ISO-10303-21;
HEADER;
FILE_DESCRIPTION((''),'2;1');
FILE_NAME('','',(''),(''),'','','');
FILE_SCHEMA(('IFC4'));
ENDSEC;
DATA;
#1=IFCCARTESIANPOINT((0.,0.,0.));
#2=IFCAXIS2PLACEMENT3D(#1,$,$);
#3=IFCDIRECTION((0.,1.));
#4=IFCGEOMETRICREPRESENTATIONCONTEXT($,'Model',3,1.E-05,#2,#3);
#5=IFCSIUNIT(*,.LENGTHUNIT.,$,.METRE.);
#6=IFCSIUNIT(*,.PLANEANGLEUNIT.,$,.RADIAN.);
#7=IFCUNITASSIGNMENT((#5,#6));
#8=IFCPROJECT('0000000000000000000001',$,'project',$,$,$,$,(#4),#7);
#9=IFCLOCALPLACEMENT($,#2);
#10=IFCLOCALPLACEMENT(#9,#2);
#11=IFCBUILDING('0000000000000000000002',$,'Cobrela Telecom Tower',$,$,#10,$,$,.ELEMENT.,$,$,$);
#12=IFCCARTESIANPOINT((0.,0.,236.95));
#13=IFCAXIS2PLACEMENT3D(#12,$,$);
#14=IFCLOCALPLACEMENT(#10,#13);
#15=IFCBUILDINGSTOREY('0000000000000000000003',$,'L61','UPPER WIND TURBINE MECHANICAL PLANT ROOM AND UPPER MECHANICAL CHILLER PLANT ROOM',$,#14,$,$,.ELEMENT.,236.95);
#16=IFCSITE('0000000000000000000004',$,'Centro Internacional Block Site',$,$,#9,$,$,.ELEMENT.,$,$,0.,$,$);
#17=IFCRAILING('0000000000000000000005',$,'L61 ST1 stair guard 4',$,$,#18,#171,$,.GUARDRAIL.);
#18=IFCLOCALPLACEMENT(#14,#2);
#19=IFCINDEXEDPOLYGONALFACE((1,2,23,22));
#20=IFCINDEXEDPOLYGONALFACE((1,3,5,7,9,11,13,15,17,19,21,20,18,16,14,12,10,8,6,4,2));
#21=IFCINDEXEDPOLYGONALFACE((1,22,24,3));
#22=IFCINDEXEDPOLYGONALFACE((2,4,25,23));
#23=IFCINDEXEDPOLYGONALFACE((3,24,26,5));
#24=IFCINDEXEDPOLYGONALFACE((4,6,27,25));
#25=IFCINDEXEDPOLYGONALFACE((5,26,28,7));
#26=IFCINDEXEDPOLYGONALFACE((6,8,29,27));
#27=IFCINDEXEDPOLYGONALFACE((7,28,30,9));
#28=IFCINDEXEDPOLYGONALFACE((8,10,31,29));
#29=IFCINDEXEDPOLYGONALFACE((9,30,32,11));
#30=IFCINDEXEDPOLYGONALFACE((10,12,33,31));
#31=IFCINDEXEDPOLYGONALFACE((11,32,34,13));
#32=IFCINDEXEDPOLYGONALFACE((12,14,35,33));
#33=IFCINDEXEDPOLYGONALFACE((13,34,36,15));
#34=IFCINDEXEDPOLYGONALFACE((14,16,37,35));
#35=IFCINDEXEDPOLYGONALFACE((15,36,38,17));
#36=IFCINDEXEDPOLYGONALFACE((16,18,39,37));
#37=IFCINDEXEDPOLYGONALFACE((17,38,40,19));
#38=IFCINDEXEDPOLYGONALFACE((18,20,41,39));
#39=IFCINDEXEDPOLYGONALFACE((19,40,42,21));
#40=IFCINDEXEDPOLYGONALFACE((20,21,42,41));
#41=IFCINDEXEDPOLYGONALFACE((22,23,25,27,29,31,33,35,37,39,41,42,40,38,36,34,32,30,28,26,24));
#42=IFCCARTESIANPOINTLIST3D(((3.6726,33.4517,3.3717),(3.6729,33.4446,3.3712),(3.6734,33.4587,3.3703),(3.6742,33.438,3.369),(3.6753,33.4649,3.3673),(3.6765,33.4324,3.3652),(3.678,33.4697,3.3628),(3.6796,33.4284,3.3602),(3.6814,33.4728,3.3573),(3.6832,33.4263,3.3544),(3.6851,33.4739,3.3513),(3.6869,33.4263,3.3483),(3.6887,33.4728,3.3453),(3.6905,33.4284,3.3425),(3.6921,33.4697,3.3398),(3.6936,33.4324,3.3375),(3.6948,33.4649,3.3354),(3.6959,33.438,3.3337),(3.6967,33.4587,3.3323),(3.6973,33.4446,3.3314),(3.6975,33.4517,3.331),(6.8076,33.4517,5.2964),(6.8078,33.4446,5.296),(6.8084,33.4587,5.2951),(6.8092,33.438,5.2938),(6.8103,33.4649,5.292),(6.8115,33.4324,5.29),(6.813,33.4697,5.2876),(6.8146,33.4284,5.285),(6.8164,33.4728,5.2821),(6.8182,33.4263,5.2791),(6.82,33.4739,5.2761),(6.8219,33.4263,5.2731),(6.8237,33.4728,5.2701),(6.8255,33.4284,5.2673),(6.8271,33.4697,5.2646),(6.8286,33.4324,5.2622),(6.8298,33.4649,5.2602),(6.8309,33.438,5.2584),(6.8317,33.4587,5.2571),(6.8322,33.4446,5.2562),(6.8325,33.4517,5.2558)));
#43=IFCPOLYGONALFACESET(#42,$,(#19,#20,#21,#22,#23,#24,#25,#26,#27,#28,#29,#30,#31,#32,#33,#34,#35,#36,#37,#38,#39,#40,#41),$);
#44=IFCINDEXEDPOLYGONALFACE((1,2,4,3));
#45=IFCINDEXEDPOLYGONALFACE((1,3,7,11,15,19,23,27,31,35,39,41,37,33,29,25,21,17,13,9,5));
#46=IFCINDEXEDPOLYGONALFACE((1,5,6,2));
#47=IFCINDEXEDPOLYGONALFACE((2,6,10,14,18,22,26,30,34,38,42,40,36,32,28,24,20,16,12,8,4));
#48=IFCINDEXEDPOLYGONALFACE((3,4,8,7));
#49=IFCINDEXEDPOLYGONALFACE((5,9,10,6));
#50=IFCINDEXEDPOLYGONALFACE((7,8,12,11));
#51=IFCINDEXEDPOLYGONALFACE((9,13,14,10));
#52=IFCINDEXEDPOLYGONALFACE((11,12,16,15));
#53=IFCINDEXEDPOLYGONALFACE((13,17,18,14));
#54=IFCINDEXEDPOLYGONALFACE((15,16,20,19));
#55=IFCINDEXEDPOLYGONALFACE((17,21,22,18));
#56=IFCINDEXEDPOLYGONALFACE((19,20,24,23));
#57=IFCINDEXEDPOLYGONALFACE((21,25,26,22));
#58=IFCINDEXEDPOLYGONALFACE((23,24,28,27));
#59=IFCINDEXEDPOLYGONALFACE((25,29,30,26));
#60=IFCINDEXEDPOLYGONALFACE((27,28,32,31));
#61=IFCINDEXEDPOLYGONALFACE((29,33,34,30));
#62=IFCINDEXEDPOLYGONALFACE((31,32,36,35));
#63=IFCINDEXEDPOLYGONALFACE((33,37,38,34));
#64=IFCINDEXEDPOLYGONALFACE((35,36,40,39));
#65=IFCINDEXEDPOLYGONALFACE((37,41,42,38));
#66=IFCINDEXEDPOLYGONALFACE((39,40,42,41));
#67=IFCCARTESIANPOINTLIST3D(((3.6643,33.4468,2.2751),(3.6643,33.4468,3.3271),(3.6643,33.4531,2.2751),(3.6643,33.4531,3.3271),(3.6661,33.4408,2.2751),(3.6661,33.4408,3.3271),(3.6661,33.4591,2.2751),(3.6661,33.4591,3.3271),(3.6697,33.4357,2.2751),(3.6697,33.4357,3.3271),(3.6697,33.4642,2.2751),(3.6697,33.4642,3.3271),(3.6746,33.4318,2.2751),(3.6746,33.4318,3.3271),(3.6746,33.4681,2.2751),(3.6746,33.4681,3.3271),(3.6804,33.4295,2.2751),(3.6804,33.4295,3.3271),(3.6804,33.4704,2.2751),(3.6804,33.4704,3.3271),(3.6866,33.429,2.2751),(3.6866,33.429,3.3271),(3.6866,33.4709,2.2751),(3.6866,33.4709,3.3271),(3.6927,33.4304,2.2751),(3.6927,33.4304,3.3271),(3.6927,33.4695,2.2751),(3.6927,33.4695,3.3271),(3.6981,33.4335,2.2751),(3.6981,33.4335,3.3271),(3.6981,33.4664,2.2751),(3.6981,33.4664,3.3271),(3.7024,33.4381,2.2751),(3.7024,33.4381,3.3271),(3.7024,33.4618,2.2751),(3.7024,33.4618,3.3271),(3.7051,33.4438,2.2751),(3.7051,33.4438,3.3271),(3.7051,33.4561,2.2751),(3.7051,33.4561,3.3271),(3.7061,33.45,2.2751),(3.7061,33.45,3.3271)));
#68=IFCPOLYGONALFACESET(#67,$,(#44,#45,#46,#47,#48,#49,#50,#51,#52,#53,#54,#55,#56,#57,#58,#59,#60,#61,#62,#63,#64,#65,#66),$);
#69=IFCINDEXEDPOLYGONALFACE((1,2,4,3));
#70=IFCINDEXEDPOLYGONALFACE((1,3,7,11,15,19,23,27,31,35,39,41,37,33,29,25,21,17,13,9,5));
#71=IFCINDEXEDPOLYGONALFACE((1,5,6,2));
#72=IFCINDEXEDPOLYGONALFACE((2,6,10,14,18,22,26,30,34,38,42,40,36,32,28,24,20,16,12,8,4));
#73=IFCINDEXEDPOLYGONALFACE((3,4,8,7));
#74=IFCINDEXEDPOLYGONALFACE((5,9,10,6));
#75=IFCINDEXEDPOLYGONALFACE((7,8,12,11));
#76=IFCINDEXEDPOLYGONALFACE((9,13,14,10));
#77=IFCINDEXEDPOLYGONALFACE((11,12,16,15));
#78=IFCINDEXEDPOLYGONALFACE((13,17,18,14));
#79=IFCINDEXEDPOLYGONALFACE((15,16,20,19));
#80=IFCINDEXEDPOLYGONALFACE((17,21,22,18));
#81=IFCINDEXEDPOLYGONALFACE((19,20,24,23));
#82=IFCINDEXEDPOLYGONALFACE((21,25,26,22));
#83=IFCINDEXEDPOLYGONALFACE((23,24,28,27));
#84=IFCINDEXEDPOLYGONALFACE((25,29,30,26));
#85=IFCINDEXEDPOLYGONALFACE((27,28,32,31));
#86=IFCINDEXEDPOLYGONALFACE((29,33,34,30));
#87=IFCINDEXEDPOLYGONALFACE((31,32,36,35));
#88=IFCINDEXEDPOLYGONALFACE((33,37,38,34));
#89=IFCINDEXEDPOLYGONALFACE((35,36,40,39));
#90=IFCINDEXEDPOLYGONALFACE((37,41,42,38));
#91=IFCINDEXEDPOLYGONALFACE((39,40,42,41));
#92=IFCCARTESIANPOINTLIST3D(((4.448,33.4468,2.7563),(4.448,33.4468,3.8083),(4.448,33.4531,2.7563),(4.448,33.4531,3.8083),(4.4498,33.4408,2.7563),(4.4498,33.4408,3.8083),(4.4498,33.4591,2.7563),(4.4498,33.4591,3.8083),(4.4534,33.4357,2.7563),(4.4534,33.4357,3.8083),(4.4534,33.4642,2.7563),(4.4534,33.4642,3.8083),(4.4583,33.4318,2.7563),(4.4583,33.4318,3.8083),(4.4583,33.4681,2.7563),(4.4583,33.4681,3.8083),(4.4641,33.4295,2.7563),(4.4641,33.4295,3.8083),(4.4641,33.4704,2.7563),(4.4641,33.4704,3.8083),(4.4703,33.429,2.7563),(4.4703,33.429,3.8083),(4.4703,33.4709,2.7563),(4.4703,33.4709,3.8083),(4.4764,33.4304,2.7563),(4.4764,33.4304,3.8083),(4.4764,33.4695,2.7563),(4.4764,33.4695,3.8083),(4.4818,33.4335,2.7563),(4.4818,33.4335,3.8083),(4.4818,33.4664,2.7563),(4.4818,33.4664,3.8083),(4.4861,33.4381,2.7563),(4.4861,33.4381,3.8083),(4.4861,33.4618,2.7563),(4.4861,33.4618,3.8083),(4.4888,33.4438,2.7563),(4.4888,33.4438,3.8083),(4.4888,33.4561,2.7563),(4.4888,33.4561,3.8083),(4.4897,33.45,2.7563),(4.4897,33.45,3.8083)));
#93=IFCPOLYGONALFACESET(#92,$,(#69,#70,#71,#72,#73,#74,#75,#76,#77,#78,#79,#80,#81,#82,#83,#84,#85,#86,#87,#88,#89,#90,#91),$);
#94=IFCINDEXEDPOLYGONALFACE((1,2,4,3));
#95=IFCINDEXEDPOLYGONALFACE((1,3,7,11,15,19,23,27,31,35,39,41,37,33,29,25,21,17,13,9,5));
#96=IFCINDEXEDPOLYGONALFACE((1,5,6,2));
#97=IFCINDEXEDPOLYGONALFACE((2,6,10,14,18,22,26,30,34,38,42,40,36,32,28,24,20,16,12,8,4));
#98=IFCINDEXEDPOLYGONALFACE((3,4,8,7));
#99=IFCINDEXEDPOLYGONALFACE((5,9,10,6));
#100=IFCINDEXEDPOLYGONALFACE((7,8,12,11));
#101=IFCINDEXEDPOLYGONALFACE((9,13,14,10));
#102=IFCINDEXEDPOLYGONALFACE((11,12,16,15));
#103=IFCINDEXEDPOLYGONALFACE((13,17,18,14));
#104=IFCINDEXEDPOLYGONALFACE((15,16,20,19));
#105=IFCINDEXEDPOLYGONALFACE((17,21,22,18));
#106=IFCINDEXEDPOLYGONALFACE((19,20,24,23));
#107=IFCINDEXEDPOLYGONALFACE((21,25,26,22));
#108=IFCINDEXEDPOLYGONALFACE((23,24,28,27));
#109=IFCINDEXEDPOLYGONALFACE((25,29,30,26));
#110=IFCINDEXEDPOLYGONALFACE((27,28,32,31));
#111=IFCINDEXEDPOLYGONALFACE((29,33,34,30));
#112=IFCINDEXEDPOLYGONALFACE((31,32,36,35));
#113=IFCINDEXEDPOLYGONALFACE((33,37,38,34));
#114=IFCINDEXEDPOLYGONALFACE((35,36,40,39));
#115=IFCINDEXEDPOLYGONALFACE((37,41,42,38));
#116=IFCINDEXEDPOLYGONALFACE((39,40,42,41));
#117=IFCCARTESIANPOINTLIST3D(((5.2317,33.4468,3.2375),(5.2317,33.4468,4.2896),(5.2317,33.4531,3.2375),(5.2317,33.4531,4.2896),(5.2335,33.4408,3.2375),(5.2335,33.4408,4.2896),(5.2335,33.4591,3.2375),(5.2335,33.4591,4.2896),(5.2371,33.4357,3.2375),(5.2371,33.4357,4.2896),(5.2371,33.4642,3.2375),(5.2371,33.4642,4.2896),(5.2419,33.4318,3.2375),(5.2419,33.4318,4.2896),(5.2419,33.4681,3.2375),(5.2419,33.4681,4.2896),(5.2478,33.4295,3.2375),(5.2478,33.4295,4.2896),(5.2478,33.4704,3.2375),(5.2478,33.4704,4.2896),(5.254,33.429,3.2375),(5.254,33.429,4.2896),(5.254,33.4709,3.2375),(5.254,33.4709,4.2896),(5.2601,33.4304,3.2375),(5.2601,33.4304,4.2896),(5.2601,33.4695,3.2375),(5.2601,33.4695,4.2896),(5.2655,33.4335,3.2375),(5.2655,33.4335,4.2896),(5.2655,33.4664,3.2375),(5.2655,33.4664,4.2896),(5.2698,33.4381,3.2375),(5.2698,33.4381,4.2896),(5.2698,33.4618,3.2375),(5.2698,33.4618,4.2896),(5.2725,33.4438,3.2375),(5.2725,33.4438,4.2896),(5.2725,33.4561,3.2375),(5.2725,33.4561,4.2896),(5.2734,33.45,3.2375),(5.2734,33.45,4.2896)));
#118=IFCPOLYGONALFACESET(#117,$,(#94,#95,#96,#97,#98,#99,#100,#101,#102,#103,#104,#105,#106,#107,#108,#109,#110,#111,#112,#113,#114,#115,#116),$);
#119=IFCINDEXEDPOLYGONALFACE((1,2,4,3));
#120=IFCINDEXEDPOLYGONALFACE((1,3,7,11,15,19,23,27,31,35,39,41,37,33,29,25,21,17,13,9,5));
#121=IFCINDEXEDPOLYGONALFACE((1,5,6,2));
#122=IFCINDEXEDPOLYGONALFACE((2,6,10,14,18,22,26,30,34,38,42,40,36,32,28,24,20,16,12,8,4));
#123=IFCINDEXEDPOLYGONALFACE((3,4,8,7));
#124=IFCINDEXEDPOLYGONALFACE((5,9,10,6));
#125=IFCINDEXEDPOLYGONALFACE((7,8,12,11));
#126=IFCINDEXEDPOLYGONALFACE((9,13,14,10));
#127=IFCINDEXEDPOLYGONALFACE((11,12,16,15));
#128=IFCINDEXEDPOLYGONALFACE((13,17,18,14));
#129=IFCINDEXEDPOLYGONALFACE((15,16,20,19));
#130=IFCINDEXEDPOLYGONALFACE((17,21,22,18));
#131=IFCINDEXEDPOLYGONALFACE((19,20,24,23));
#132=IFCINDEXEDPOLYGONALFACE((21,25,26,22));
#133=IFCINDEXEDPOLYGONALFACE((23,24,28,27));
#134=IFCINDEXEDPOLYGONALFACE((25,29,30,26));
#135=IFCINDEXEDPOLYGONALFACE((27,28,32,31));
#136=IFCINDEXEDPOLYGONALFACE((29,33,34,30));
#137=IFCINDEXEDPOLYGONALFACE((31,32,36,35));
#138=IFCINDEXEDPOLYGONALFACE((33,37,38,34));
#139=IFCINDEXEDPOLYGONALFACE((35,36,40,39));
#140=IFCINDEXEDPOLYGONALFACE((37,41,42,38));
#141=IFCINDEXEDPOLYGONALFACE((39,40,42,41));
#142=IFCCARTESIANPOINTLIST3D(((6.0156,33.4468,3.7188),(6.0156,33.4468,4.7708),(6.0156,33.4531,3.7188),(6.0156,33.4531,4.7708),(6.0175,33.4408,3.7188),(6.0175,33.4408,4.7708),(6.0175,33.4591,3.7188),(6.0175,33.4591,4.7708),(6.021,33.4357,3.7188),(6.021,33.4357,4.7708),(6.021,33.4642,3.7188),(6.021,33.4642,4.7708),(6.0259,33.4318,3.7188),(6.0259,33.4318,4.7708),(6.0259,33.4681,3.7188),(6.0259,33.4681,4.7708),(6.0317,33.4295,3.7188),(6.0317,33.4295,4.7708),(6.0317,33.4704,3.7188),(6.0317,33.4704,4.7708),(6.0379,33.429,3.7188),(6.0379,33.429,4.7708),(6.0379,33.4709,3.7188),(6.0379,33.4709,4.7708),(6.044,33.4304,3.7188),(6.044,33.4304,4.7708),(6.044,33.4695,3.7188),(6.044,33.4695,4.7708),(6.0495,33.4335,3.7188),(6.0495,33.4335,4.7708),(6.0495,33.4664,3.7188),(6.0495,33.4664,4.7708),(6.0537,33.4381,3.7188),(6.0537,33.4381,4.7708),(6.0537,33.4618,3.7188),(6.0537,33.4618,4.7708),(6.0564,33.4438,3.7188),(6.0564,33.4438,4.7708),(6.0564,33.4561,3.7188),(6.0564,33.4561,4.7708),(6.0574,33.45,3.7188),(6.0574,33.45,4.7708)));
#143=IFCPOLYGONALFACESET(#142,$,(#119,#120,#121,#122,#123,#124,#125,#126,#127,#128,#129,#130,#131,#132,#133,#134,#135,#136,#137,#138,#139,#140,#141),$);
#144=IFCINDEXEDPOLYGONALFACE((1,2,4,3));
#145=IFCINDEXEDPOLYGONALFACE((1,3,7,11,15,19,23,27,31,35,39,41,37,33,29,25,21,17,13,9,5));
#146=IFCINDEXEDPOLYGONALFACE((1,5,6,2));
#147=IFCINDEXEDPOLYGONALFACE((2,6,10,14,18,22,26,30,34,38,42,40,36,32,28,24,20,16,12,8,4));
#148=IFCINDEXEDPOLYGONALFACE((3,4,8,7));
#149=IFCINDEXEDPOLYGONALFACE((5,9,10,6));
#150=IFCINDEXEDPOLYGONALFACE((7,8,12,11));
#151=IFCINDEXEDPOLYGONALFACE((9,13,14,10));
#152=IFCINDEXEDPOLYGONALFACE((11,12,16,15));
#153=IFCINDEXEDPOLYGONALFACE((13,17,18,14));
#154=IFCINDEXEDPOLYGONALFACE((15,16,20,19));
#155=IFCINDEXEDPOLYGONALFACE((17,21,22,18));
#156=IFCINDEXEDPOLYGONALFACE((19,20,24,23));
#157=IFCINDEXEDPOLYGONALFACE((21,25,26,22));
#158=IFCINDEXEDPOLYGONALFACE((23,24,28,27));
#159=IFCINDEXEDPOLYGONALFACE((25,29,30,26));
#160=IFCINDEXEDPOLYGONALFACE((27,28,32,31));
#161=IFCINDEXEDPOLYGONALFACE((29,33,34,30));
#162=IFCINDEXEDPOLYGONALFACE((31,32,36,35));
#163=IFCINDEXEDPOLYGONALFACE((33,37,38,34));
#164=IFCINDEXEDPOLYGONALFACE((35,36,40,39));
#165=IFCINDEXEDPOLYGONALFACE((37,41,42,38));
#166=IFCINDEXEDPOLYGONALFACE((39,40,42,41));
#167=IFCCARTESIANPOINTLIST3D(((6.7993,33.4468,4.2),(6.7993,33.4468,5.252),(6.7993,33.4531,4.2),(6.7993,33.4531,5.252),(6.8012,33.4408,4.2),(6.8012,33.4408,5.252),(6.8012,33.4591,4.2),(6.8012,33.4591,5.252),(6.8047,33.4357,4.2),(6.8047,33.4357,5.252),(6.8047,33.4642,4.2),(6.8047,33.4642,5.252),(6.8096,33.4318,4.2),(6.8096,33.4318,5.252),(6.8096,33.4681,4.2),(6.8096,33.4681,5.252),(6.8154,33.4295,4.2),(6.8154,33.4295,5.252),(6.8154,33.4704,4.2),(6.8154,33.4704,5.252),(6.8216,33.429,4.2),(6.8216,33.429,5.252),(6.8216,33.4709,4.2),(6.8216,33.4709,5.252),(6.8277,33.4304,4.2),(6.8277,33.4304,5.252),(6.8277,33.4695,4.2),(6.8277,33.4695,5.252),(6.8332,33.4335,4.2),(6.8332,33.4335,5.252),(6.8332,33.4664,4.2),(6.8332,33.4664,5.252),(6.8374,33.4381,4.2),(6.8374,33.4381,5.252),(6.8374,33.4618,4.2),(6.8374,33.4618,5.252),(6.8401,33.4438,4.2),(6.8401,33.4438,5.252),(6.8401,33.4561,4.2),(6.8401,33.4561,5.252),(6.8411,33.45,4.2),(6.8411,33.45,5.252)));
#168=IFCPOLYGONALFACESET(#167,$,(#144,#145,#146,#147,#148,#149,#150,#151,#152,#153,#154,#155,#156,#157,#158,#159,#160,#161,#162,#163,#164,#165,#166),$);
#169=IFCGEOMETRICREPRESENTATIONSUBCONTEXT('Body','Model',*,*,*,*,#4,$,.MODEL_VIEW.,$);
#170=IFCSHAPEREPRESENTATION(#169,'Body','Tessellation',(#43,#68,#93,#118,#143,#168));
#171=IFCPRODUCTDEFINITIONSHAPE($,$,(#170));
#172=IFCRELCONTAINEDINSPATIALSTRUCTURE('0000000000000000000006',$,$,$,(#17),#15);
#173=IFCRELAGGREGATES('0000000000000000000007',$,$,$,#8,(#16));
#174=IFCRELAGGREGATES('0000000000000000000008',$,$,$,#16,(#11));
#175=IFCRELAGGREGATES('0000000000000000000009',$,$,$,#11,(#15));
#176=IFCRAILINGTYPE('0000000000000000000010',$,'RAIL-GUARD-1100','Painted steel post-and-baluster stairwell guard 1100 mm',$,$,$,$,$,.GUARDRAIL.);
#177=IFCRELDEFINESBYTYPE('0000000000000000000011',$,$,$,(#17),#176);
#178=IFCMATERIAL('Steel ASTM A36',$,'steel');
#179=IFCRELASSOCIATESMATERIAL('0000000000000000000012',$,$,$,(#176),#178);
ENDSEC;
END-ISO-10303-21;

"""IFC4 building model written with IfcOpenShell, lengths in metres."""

from ifc_helpers import new_model, si_unit, direction, frame, origin, origin_2d, place, context, subcontext, project, spatial, circle, extrude, material, type_object, element, save


model = new_model("IFC4")

# Units and contexts
model_context = context("Model", 3, precision=1e-05, world=origin(), true_north=direction((0.0, 1.0)))
body_context = subcontext(model_context, "Body", "Model", "MODEL_VIEW")
ifc_project = project(units=[si_unit("LENGTHUNIT", "METRE"), si_unit("PLANEANGLEUNIT", "RADIAN")], contexts=[model_context])

# Site, building, storey
site_placement = place(None, origin())
site = spatial("IfcSite", under=ifc_project, at=site_placement, Name="Centro Internacional Block Site", CompositionType="ELEMENT", RefElevation=0.0)
building_placement = place(site_placement, origin())
building = spatial("IfcBuilding", under=site, at=building_placement, Name="Cobrela Telecom Tower", CompositionType="ELEMENT")
storey_placement = place(building_placement, frame((0.0, 0.0, 236.95)))
storey = spatial("IfcBuildingStorey", under=building, at=storey_placement, Name="L61", Description="UPPER WIND TURBINE MECHANICAL PLANT ROOM AND UPPER MECHANICAL CHILLER PLANT ROOM", CompositionType="ELEMENT", Elevation=236.95)

# Shared definitions
ifc_material_1 = material(Name="Steel ASTM A36", Category="steel")

# Railing
railing_type_1 = type_object("IfcRailingType", Name="RAIL-GUARD-1100", Description="Painted steel post-and-baluster stairwell guard 1100 mm", PredefinedType="GUARDRAIL", material=ifc_material_1)
railing_1_placement = place(storey_placement, frame((3.6851, 33.45, 2.2751)))
element("IfcRailing", 1, at=railing_1_placement, inside=storey, type_object=railing_type_1, Name="L61 ST1 stair guard 4", PredefinedType="GUARDRAIL", context=body_context, shape_type="SweptSolid", body=[
    extrude(circle(Radius=0.0239, at=origin_2d()), frame((0.0, 0.0, 1.0762), z_axis=(0.852196, 0.0, 0.523223), x_axis=(0.0, 1.0, 0.0)), (0.0, 0.0, 1.0), 3.6787),
    extrude(circle(Radius=0.021, at=origin_2d()), origin(), (0.0, 0.0, 1.0), 1.052),
    extrude(circle(Radius=0.021, at=origin_2d()), frame((0.7837, 0.0, 0.4812)), (0.0, 0.0, 1.0), 1.052),
    extrude(circle(Radius=0.021, at=origin_2d()), frame((1.5674, 0.0, 0.9624)), (0.0, 0.0, 1.0), 1.052),
    extrude(circle(Radius=0.021, at=origin_2d()), frame((2.3513, 0.0, 1.4436)), (0.0, 0.0, 1.0), 1.052),
    extrude(circle(Radius=0.021, at=origin_2d()), frame((3.135, 0.0, 1.9248)), (0.0, 0.0, 1.0), 1.052),
])

save(model, "model.ifc")
